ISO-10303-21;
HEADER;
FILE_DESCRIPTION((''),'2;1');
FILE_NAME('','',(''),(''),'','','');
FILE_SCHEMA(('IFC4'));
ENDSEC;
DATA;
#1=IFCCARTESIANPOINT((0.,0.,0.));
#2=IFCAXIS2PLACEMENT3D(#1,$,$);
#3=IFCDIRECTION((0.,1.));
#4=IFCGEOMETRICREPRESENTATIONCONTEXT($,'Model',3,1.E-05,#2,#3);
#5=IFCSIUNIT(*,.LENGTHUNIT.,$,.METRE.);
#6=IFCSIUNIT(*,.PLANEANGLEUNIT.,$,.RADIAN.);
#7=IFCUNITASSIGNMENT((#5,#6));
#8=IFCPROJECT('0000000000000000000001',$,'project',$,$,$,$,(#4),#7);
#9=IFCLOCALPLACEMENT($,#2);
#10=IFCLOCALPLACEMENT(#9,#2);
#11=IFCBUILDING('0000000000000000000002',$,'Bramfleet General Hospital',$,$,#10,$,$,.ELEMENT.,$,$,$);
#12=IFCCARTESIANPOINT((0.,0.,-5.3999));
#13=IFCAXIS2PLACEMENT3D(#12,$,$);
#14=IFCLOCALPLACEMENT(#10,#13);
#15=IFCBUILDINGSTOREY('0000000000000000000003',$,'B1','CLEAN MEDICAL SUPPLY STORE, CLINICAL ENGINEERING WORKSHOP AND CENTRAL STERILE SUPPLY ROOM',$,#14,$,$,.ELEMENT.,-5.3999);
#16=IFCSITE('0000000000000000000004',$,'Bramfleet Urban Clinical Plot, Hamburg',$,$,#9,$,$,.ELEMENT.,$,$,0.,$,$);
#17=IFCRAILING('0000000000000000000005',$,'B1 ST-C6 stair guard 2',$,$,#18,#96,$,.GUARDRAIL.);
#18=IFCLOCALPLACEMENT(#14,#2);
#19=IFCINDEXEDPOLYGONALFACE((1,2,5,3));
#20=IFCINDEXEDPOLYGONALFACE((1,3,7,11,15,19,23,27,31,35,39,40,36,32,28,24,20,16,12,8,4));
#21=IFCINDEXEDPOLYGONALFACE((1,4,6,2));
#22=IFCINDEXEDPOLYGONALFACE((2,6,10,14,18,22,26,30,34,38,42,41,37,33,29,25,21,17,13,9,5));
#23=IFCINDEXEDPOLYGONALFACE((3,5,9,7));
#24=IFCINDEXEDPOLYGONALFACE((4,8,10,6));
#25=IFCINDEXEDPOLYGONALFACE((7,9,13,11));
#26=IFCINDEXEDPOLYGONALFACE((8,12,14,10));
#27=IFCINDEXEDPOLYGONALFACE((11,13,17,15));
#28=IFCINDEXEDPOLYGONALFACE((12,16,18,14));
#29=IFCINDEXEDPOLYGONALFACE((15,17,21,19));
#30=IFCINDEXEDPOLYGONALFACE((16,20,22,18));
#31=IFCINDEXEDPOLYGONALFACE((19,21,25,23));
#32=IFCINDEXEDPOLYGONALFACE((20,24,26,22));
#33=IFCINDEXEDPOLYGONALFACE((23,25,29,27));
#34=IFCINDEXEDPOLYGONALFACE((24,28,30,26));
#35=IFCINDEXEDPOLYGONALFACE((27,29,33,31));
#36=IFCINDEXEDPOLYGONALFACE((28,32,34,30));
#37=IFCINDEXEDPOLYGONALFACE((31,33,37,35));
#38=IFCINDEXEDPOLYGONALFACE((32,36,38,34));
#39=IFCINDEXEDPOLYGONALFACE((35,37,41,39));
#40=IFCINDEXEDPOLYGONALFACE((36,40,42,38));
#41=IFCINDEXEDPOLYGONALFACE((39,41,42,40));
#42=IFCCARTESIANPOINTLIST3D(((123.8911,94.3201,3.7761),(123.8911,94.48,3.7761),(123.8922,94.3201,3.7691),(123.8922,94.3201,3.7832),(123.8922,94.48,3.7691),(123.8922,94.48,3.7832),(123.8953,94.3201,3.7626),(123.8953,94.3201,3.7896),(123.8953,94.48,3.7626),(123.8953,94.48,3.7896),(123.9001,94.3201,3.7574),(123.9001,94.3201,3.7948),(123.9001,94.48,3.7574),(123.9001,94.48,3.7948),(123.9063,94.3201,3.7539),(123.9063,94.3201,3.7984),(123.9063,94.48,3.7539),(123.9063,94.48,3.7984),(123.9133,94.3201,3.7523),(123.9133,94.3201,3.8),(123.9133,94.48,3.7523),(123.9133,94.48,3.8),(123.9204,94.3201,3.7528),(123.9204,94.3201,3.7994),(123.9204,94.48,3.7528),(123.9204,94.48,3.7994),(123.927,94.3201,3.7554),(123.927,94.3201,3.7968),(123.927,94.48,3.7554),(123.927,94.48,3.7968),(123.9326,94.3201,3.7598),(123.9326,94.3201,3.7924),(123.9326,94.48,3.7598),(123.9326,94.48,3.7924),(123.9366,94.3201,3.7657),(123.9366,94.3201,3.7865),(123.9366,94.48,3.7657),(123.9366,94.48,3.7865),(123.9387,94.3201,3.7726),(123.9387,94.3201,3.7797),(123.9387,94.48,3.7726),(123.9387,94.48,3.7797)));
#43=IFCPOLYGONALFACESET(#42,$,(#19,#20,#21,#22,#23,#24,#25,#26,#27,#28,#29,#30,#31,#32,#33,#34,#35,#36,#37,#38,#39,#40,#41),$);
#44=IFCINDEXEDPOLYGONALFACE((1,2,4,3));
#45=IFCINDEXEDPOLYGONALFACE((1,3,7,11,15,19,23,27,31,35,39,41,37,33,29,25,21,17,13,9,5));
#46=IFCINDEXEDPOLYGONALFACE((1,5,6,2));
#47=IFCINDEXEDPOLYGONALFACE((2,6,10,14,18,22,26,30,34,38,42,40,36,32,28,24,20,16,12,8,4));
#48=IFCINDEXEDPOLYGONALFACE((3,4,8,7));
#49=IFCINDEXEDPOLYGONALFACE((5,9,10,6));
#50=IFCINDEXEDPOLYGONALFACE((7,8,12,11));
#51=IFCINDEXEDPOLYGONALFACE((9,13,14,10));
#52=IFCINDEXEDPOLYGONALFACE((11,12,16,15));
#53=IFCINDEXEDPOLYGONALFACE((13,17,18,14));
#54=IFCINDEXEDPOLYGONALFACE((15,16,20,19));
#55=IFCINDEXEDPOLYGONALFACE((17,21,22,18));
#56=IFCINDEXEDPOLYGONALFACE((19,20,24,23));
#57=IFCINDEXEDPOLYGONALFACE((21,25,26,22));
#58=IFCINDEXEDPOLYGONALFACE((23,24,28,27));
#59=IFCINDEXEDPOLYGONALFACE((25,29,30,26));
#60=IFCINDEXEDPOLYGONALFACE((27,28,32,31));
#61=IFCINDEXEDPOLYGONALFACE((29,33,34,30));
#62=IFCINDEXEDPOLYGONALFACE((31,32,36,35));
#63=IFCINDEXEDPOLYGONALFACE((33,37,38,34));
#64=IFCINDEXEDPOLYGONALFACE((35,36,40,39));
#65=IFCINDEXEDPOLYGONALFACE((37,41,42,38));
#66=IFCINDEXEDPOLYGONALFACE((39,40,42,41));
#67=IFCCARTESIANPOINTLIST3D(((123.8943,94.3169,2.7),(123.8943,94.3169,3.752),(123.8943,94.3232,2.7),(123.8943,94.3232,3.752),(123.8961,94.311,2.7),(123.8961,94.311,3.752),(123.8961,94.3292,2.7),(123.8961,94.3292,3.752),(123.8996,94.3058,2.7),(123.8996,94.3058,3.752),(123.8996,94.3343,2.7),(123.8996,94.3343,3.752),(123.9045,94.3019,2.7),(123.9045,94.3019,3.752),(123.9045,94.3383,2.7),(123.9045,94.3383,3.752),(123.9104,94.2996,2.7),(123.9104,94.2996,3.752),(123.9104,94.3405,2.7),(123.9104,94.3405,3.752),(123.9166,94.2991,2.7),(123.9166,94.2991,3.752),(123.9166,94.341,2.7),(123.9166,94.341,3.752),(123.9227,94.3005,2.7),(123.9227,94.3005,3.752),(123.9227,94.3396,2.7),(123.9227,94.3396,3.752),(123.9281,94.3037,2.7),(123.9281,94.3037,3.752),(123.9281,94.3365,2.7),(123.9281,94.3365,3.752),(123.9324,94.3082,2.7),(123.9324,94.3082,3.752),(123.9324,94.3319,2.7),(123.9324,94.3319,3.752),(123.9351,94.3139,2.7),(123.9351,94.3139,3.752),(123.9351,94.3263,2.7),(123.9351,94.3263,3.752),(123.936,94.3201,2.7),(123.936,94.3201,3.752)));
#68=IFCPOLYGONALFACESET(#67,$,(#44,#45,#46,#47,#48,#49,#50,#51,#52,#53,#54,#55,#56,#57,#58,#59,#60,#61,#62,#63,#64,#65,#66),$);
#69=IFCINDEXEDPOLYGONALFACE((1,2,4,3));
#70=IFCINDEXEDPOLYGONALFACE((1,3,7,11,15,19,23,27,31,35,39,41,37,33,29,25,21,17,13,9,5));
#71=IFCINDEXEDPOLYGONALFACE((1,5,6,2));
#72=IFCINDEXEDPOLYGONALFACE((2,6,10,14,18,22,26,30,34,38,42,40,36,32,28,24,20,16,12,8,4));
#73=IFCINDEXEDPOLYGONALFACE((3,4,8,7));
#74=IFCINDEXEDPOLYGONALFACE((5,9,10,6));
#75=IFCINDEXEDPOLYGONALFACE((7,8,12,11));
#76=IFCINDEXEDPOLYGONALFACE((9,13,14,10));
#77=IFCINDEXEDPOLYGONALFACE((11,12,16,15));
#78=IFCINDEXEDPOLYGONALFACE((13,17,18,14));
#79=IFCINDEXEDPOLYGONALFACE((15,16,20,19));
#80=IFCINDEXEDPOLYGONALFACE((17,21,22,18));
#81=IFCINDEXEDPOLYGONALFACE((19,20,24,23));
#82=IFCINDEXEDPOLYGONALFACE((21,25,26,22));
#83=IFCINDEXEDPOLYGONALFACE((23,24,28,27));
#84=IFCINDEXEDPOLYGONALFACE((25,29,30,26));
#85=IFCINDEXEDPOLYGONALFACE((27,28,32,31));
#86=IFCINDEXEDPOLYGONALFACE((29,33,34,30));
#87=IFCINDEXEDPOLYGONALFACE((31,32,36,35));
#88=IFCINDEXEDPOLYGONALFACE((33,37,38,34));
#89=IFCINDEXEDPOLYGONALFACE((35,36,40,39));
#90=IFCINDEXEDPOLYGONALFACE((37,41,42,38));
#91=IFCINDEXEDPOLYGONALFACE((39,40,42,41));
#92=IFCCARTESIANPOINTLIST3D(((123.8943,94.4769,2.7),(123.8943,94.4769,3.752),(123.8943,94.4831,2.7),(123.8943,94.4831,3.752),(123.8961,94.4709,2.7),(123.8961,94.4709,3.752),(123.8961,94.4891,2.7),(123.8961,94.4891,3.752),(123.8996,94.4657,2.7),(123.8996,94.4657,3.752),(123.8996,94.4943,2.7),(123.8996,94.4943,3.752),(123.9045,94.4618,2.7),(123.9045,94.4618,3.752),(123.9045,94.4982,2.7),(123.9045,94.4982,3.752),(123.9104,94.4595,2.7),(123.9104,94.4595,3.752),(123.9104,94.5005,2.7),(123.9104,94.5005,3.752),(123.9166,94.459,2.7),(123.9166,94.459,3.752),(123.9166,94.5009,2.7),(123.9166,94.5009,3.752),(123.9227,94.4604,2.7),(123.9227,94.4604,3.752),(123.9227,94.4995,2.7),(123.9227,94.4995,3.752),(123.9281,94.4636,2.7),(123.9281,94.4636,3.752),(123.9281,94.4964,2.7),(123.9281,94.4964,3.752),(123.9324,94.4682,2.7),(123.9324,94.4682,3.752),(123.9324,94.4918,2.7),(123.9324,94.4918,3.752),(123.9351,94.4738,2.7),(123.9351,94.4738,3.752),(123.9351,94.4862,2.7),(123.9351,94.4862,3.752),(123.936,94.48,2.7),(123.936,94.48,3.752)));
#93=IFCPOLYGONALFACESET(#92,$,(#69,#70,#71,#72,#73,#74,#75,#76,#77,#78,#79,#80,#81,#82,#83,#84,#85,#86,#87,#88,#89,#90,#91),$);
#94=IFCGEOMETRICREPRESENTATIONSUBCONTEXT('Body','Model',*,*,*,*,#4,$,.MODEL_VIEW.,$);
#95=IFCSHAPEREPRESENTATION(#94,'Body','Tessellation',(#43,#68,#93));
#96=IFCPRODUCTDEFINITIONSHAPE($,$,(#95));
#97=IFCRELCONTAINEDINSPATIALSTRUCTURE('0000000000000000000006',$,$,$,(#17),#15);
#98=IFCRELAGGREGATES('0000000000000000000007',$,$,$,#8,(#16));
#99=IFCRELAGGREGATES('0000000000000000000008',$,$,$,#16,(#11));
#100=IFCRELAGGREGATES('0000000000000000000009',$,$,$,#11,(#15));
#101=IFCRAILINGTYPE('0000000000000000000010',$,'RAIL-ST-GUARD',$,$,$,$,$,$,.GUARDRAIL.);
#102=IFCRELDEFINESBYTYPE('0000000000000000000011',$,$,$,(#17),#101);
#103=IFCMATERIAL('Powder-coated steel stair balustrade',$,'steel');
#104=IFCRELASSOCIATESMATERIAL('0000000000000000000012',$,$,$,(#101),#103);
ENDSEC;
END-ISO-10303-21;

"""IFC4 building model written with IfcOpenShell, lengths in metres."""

from ifc_helpers import new_model, si_unit, direction, frame, origin, origin_2d, place, context, subcontext, project, spatial, circle, extrude, material, type_object, element, save


model = new_model("IFC4")

# Units and contexts
model_context = context("Model", 3, precision=1e-05, world=origin(), true_north=direction((0.0, 1.0)))
body_context = subcontext(model_context, "Body", "Model", "MODEL_VIEW")
ifc_project = project(units=[si_unit("LENGTHUNIT", "METRE"), si_unit("PLANEANGLEUNIT", "RADIAN")], contexts=[model_context])

# Site, building, storey
site_placement = place(None, origin())
site = spatial("IfcSite", under=ifc_project, at=site_placement, Name="Bramfleet Urban Clinical Plot, Hamburg", CompositionType="ELEMENT", RefElevation=0.0)
building_placement = place(site_placement, origin())
building = spatial("IfcBuilding", under=site, at=building_placement, Name="Bramfleet General Hospital", CompositionType="ELEMENT")
storey_placement = place(building_placement, frame((0.0, 0.0, -5.3999)))
storey = spatial("IfcBuildingStorey", under=building, at=storey_placement, Name="B1", Description="CLEAN MEDICAL SUPPLY STORE, CLINICAL ENGINEERING WORKSHOP AND CENTRAL STERILE SUPPLY ROOM", CompositionType="ELEMENT", Elevation=-5.3999)

# Railing
ifc_material_1 = material(Name="Powder-coated steel stair balustrade", Category="steel")
railing_type_1 = type_object("IfcRailingType", Name="RAIL-ST-GUARD", PredefinedType="GUARDRAIL", material=ifc_material_1)
railing_1_placement = place(storey_placement, frame((123.915, 94.3201, 2.7)))
element("IfcRailing", 1, at=railing_1_placement, inside=storey, type_object=railing_type_1, Name="B1 ST-C6 stair guard 2", PredefinedType="GUARDRAIL", context=body_context, shape_type="SweptSolid", body=[
    extrude(circle(Radius=0.0239, at=origin_2d()), frame((0.0, 0.0, 1.0762), z_axis=(0.0, 1.0, 0.0), x_axis=(-1.0, 0.0, 0.0)), (0.0, 0.0, 1.0), 0.1599),
    extrude(circle(Radius=0.021, at=origin_2d()), origin(), (0.0, 0.0, 1.0), 1.052),
    extrude(circle(Radius=0.021, at=origin_2d()), frame((0.0, 0.1599, 0.0)), (0.0, 0.0, 1.0), 1.052),
])

save(model, "model.ifc")
